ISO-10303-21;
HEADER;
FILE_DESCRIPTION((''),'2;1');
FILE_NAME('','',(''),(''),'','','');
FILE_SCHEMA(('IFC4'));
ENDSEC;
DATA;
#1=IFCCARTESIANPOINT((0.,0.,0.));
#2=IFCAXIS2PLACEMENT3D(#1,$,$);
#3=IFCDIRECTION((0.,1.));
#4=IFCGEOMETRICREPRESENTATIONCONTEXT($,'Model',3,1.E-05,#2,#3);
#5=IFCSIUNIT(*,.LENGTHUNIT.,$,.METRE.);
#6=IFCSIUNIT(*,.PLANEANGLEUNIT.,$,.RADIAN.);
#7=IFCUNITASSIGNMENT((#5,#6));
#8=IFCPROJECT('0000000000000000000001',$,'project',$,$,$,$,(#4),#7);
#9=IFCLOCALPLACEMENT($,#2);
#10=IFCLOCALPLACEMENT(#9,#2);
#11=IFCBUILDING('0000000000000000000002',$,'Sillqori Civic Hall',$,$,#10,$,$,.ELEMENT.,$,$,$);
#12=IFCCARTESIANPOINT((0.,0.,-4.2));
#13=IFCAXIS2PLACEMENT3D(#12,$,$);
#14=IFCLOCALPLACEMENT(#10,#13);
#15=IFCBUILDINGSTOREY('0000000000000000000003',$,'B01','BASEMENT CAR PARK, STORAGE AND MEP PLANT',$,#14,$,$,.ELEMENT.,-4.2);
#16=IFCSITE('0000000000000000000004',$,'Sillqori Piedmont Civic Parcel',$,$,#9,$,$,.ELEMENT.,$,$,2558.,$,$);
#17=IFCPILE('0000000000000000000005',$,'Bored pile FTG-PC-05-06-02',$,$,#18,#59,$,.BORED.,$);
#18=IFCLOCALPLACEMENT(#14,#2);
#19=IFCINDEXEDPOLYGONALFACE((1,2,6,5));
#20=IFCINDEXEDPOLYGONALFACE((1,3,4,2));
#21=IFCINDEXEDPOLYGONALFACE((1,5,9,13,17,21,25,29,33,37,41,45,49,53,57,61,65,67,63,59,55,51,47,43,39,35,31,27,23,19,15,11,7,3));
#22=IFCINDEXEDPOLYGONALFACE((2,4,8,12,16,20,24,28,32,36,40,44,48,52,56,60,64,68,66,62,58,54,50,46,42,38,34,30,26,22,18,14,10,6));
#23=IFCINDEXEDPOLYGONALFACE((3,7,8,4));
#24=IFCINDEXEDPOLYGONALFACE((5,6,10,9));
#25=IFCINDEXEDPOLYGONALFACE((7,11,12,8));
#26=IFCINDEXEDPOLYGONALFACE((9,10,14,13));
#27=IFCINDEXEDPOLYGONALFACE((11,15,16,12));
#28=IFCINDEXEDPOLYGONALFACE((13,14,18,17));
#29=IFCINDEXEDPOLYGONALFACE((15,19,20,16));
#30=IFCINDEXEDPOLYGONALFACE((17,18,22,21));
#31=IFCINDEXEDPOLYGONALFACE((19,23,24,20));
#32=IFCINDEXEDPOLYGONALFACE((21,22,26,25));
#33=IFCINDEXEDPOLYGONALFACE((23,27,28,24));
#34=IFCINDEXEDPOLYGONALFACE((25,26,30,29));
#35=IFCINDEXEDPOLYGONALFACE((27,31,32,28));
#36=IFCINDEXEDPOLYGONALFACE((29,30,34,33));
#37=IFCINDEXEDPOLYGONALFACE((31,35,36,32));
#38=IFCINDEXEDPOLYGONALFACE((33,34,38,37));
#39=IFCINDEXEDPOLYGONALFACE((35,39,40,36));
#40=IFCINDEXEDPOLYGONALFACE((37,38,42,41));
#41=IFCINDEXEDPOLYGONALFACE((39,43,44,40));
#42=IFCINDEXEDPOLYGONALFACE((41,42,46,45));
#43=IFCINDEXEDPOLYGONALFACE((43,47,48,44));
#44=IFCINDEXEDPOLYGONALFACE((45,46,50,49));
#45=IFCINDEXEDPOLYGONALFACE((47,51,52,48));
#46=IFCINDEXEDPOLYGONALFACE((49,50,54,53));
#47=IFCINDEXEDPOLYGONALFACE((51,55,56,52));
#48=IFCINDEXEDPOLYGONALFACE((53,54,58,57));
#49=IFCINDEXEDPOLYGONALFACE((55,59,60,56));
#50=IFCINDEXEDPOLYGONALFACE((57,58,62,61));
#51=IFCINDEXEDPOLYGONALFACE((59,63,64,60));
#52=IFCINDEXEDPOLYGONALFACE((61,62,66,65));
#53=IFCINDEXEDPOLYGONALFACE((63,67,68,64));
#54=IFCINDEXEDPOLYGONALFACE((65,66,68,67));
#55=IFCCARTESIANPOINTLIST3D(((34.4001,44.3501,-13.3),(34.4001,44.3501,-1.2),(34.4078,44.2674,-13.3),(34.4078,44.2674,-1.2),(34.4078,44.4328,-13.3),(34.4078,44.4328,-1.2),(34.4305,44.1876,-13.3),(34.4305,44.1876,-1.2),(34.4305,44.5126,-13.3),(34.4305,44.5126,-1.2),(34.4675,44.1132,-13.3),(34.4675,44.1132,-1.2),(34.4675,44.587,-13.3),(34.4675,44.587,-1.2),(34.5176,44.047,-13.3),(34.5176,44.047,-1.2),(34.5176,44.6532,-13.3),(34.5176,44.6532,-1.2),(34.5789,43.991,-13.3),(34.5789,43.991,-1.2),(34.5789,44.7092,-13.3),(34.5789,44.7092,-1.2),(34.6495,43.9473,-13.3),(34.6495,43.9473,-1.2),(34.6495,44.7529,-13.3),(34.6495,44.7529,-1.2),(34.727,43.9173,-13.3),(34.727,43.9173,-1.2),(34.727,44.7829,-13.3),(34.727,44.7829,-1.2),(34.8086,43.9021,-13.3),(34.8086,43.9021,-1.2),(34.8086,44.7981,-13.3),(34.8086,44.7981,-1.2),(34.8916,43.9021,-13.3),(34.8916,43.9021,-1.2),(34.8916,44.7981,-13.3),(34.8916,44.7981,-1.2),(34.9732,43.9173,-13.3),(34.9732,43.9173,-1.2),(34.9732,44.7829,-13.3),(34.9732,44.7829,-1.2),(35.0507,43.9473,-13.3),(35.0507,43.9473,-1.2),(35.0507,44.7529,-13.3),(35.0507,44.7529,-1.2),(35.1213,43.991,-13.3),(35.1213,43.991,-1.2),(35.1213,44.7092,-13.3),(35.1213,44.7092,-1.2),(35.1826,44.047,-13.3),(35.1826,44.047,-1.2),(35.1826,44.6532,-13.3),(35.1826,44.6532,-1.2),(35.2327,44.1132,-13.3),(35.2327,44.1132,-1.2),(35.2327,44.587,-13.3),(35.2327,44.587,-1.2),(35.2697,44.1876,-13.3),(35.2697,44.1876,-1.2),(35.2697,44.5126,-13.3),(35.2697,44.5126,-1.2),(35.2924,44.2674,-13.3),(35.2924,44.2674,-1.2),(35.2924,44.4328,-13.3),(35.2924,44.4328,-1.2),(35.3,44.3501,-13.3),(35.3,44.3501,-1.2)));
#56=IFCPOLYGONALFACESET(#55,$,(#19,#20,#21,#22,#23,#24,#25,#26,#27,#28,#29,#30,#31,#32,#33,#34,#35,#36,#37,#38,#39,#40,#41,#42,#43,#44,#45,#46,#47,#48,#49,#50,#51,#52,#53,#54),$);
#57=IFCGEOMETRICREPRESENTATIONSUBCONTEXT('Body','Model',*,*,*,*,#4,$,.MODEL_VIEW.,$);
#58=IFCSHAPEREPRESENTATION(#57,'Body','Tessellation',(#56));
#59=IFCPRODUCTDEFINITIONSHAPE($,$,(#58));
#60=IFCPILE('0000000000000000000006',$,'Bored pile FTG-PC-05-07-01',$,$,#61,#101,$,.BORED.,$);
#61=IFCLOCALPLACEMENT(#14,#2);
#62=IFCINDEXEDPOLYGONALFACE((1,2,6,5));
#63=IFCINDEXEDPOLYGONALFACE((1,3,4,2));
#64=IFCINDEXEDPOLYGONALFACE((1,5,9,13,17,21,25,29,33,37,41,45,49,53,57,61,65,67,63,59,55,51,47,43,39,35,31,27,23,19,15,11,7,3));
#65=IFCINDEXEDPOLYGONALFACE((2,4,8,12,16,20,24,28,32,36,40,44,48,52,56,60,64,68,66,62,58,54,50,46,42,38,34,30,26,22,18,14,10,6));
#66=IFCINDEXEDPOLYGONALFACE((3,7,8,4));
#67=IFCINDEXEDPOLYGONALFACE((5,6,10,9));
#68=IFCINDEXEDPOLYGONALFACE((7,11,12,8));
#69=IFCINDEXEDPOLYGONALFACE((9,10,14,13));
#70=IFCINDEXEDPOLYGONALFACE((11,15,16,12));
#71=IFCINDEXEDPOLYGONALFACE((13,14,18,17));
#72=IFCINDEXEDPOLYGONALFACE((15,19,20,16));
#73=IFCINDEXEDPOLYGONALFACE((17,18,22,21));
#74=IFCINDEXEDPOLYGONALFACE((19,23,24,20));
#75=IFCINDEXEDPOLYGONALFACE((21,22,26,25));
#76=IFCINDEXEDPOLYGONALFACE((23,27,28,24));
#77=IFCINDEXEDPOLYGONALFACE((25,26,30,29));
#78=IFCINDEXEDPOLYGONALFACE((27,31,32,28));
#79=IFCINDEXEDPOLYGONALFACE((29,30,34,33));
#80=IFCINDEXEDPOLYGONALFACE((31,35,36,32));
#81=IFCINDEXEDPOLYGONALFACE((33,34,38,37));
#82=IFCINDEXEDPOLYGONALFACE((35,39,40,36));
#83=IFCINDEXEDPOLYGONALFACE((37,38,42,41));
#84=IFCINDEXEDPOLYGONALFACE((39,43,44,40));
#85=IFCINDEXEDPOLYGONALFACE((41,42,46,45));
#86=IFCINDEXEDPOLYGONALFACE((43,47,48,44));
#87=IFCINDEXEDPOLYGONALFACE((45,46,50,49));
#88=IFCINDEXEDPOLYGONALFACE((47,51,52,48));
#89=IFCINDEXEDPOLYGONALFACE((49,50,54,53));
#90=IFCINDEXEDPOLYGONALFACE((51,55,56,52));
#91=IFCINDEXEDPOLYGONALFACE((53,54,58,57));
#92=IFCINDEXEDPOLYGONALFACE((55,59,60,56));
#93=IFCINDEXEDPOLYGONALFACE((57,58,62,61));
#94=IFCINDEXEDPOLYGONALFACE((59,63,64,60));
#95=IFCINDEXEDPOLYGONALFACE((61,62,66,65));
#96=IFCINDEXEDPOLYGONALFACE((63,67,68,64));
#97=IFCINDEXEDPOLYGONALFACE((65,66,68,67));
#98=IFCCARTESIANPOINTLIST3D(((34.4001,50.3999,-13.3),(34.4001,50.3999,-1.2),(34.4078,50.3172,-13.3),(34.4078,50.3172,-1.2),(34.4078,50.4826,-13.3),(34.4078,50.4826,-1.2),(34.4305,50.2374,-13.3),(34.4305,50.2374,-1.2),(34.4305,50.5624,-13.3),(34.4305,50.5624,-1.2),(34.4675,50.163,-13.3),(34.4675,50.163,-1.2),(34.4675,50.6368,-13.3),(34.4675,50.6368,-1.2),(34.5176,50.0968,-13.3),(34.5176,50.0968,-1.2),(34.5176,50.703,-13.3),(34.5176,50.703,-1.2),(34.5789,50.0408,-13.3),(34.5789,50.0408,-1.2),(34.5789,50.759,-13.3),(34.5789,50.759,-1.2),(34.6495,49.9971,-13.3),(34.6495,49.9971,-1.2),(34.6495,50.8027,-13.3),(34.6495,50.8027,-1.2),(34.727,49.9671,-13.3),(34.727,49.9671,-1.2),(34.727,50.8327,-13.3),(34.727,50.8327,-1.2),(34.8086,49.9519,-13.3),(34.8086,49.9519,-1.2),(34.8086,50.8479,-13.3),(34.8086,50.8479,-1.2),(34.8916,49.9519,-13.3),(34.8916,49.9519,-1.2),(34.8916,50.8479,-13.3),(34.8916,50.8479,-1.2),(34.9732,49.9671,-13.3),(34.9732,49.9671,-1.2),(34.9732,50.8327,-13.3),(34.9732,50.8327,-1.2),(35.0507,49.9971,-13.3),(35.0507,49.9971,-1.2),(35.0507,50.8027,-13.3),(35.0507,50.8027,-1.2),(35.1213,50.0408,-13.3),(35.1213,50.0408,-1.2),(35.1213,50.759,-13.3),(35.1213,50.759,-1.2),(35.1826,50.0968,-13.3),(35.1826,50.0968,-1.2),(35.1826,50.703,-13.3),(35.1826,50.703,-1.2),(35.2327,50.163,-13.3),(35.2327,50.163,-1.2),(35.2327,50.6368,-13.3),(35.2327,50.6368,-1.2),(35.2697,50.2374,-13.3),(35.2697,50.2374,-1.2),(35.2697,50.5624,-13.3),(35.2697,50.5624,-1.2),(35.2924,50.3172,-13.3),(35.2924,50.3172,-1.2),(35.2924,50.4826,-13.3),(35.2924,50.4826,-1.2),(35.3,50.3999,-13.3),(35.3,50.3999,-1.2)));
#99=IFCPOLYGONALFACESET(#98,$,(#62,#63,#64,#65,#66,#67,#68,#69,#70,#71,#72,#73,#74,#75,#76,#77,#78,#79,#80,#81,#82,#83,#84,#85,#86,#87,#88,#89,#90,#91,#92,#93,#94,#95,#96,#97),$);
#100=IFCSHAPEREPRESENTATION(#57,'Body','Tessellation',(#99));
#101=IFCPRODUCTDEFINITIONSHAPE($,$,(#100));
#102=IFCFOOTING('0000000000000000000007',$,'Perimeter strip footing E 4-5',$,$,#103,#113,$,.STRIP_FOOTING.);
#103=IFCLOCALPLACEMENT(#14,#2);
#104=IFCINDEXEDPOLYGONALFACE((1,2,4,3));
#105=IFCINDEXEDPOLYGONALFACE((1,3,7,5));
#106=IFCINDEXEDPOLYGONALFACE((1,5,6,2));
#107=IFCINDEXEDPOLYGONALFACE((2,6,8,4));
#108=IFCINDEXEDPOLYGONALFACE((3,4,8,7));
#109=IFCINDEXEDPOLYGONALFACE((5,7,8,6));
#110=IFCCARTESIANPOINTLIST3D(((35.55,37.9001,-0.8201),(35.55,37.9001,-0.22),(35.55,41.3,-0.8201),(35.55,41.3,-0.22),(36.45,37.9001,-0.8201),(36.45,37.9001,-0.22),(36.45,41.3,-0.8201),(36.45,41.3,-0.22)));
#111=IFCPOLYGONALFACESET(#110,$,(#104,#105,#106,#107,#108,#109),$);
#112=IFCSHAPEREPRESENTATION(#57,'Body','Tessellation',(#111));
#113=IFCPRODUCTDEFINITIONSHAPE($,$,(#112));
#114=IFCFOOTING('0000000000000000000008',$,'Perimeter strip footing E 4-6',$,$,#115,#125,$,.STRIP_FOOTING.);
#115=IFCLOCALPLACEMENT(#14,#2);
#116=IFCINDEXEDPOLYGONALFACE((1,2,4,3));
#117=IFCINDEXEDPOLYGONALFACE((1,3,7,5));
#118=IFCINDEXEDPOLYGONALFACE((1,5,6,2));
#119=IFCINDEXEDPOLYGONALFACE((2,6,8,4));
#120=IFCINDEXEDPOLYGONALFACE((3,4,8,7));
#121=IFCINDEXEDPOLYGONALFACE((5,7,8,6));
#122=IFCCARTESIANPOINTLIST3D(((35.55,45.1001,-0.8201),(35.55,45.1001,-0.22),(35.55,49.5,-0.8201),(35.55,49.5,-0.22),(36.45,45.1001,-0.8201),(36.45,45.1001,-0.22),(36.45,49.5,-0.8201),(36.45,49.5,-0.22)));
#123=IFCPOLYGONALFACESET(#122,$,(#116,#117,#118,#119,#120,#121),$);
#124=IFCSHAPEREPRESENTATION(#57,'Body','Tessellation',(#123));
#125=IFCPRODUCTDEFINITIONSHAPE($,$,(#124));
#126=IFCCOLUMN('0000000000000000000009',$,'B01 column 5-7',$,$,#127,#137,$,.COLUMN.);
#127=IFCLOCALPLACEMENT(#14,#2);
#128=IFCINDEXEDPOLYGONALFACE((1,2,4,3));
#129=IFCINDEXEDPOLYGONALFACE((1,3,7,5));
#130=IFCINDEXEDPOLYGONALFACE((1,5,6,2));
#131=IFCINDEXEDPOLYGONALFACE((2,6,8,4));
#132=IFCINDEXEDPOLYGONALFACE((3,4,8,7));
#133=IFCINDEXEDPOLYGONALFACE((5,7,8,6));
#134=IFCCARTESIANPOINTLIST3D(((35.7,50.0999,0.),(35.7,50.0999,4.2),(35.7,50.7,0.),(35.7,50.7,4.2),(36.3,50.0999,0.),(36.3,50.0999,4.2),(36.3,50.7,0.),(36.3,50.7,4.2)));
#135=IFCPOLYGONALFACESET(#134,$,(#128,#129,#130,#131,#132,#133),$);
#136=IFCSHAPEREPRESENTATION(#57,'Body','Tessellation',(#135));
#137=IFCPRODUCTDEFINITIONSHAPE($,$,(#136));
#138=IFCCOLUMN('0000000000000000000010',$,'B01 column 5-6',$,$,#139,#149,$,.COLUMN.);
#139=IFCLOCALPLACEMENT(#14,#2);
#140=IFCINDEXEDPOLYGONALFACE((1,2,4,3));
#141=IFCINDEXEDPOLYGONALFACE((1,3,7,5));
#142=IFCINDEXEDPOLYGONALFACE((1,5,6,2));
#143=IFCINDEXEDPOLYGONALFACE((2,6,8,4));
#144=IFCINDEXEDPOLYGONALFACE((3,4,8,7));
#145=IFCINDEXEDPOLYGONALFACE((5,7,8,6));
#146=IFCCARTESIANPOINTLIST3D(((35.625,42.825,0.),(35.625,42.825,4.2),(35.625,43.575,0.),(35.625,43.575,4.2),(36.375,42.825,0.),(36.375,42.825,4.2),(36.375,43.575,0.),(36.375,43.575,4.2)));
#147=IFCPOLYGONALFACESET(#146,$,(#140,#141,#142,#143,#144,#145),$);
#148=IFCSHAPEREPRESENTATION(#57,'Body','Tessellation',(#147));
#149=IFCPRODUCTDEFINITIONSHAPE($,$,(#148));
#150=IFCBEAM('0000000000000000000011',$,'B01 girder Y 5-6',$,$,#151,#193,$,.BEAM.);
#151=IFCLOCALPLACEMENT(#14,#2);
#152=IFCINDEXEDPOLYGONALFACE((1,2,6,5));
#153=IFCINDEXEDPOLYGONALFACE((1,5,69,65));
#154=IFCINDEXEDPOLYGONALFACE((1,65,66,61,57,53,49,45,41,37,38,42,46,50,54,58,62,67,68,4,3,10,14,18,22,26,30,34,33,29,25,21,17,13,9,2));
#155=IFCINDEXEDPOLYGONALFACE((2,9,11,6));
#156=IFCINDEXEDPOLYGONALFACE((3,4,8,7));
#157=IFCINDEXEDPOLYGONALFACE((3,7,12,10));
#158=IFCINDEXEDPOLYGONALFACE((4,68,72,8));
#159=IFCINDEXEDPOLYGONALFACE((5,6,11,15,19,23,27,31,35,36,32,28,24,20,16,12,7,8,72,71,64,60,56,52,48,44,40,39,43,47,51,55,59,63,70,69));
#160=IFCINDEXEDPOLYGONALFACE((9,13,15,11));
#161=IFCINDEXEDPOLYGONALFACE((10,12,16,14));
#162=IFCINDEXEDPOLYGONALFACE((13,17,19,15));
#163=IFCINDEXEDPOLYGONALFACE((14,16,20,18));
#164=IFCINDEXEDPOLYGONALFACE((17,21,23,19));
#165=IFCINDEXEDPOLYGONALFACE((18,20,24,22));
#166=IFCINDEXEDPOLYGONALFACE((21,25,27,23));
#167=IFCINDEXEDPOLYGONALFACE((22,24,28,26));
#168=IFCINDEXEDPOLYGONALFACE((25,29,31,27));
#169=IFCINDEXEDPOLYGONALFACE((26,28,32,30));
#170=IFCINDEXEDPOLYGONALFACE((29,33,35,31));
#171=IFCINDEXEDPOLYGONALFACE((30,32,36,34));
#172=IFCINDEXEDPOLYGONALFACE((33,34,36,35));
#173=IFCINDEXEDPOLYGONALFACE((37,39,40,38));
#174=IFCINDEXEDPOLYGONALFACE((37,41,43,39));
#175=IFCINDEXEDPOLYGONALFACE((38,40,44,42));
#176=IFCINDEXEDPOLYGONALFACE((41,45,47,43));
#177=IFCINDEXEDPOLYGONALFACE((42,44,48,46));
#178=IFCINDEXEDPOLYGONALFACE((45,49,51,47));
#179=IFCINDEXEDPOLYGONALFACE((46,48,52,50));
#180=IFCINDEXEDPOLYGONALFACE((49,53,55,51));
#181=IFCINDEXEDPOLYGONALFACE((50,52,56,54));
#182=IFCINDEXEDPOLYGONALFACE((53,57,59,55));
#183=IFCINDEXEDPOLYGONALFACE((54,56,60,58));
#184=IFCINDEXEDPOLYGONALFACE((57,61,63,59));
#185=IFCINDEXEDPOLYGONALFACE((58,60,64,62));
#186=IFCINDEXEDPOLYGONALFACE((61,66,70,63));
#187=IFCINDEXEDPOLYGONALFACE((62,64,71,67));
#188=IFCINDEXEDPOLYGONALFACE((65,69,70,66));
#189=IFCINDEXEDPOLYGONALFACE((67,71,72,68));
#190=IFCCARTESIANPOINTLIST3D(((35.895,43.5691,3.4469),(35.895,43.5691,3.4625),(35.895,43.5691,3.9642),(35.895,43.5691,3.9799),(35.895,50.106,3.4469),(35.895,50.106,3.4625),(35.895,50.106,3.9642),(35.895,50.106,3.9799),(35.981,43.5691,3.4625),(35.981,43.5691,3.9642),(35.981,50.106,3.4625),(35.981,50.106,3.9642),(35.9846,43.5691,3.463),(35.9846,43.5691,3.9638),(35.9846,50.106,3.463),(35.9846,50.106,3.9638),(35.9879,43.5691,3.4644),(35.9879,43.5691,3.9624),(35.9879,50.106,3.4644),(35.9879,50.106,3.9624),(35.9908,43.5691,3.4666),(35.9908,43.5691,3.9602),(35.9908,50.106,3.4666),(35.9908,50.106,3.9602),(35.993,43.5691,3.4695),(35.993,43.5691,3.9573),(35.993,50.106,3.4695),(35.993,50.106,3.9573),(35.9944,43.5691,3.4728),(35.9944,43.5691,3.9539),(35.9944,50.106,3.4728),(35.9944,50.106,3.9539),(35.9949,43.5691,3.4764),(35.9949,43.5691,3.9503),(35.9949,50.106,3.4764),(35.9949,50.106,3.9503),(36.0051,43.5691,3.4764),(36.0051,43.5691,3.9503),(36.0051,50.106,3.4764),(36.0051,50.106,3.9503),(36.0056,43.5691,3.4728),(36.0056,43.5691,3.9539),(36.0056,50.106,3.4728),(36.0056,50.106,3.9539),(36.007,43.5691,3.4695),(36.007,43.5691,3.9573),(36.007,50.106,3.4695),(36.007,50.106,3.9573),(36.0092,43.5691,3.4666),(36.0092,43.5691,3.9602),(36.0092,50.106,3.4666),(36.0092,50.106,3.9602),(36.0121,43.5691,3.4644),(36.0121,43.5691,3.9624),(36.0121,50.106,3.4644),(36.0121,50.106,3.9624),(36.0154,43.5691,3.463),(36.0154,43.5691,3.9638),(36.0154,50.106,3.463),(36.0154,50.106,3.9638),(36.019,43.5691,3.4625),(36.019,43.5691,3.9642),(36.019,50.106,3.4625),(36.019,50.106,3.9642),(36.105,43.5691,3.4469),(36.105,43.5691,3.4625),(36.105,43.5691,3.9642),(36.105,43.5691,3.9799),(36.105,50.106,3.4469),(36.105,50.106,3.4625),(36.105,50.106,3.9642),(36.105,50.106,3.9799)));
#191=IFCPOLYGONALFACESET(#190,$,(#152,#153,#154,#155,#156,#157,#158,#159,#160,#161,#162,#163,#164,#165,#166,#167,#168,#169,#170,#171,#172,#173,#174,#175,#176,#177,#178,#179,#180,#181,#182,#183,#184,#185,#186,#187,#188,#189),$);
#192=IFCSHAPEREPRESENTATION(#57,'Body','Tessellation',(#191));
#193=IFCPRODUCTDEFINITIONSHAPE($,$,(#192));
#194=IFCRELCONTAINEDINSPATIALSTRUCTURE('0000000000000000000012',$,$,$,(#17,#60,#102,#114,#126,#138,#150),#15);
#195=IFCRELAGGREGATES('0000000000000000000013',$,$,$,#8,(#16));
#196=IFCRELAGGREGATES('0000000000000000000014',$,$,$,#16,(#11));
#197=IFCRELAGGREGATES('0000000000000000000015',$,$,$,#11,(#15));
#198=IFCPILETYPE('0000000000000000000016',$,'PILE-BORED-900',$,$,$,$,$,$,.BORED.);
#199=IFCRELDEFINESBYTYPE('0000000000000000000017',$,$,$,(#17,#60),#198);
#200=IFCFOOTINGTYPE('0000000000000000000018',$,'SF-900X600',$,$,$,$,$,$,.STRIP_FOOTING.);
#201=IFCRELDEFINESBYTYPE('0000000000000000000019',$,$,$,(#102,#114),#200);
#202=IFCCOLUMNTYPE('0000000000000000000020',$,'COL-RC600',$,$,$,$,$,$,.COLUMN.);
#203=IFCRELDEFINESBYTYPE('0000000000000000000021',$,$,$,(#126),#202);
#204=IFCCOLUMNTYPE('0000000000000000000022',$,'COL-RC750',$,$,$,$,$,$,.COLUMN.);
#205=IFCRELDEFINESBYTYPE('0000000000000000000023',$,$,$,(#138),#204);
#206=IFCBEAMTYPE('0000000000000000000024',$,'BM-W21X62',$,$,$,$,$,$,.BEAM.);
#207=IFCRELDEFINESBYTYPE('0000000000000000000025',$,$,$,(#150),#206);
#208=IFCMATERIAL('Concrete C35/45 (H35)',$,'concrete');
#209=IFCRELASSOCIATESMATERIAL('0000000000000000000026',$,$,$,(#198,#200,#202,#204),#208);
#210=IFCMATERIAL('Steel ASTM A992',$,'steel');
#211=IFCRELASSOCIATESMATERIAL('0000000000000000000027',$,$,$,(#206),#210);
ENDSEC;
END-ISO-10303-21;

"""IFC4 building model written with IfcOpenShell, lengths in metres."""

from ifc_helpers import new_model, si_unit, direction, frame, origin, origin_2d, place, context, subcontext, project, spatial, rectangle, circle, i_section, extrude, material, material_profile, profile_set, type_object, element, save


model = new_model("IFC4")

# Units and contexts
model_context = context("Model", 3, precision=1e-05, world=origin(), true_north=direction((0.0, 1.0)))
body_context = subcontext(model_context, "Body", "Model", "MODEL_VIEW")
ifc_project = project(units=[si_unit("LENGTHUNIT", "METRE"), si_unit("PLANEANGLEUNIT", "RADIAN")], contexts=[model_context])

# Site, building, storey
site_placement = place(None, origin())
site = spatial("IfcSite", under=ifc_project, at=site_placement, Name="Sillqori Piedmont Civic Parcel", CompositionType="ELEMENT", RefElevation=2558.0)
building_placement = place(site_placement, origin())
building = spatial("IfcBuilding", under=site, at=building_placement, Name="Sillqori Civic Hall", CompositionType="ELEMENT")
storey_placement = place(building_placement, frame((0.0, 0.0, -4.2)))
storey = spatial("IfcBuildingStorey", under=building, at=storey_placement, Name="B01", Description="BASEMENT CAR PARK, STORAGE AND MEP PLANT", CompositionType="ELEMENT", Elevation=-4.2)

# Shared definitions
ifc_material_1 = material(Name="Concrete C35/45 (H35)", Category="concrete")

# Piles
ifc_material_profile_1 = material_profile(ifc_material_1, circle(Radius=0.45, at=origin_2d()), Name="BORED PILE 900")
ifc_profile_set_1 = profile_set([ifc_material_profile_1], Name="Concrete C35/45 (H35)")
pile_type = type_object("IfcPileType", Name="PILE-BORED-900", PredefinedType="BORED", material=ifc_profile_set_1)
for number, where, z_axis, x_axis, name in (
    (1, (34.8501, 44.3501, -1.2), (0.0, 0.0, -1.0), (1.0, 0.0, 0.0), "Bored pile FTG-PC-05-06-02"),
    (2, (34.8501, 50.3999, -1.2), (0.0, 0.0, -1.0), (1.0, 0.0, 0.0), "Bored pile FTG-PC-05-07-01"),
):
    element("IfcPile", number, at=place(storey_placement, frame(where, z_axis=z_axis, x_axis=x_axis)), inside=storey, type_object=pile_type, Name=name, PredefinedType="BORED", context=body_context, shape_type="SweptSolid", body=[
        extrude(circle(Radius=0.45, at=origin_2d()), origin(), (0.0, 0.0, 1.0), 12.1001),
    ])

# Footings
footing_type_1 = type_object("IfcFootingType", Name="SF-900X600", PredefinedType="STRIP_FOOTING", material=ifc_material_1)
footing_1_placement = place(storey_placement, frame((36.0, 39.6001, -0.8201), z_axis=(0.0, 0.0, 1.0), x_axis=(1.0, 0.0, 0.0)))
element("IfcFooting", 3, at=footing_1_placement, inside=storey, type_object=footing_type_1, Name="Perimeter strip footing E 4-5", PredefinedType="STRIP_FOOTING", context=body_context, shape_type="SweptSolid", body=[
    extrude(rectangle(XDim=0.8999, YDim=3.3999, at=origin_2d()), origin(), (0.0, 0.0, 1.0), 0.6001),
])
footing_2_placement = place(storey_placement, frame((36.0, 47.3, -0.8201), z_axis=(0.0, 0.0, 1.0), x_axis=(1.0, 0.0, 0.0)))
element("IfcFooting", 4, at=footing_2_placement, inside=storey, type_object=footing_type_1, Name="Perimeter strip footing E 4-6", PredefinedType="STRIP_FOOTING", context=body_context, shape_type="SweptSolid", body=[
    extrude(rectangle(XDim=0.8999, YDim=4.3999, at=origin_2d()), origin(), (0.0, 0.0, 1.0), 0.6001),
])

# Columns
ifc_material_profile_2 = material_profile(ifc_material_1, rectangle(XDim=0.6001, YDim=0.6001, at=origin_2d()), Name="RC 600x600")
ifc_profile_set_2 = profile_set([ifc_material_profile_2], Name="Concrete C35/45 (H35)")
column_type_1 = type_object("IfcColumnType", Name="COL-RC600", PredefinedType="COLUMN", material=ifc_profile_set_2)
column_1_placement = place(storey_placement, frame((36.0, 50.3999, 0.0), z_axis=(0.0, 0.0, 1.0), x_axis=(1.0, 0.0, 0.0)))
element("IfcColumn", 5, at=column_1_placement, inside=storey, type_object=column_type_1, Name="B01 column 5-7", PredefinedType="COLUMN", context=body_context, shape_type="SweptSolid", body=[
    extrude(rectangle(XDim=0.6001, YDim=0.6001, at=origin_2d()), origin(), (0.0, 0.0, 1.0), 4.2),
])
ifc_material_profile_3 = material_profile(ifc_material_1, rectangle(XDim=0.75, YDim=0.75, at=origin_2d()), Name="RC 750x750")
ifc_profile_set_3 = profile_set([ifc_material_profile_3], Name="Concrete C35/45 (H35)")
column_type_2 = type_object("IfcColumnType", Name="COL-RC750", PredefinedType="COLUMN", material=ifc_profile_set_3)
column_2_placement = place(storey_placement, frame((36.0, 43.2, 0.0), z_axis=(0.0, 0.0, 1.0), x_axis=(1.0, 0.0, 0.0)))
element("IfcColumn", 6, at=column_2_placement, inside=storey, type_object=column_type_2, Name="B01 column 5-6", PredefinedType="COLUMN", context=body_context, shape_type="SweptSolid", body=[
    extrude(rectangle(XDim=0.75, YDim=0.75, at=origin_2d()), origin(), (0.0, 0.0, 1.0), 4.2),
])

# Beam
ifc_material_2 = material(Name="Steel ASTM A992", Category="steel")
ifc_material_profile_4 = material_profile(ifc_material_2, i_section(OverallWidth=0.21, OverallDepth=0.533, WebThickness=0.0103, FlangeThickness=0.0156, FilletRadius=0.0139, at=origin_2d()), Name="W21X62")
ifc_profile_set_4 = profile_set([ifc_material_profile_4], Name="Steel ASTM A992")
beam_type_1 = type_object("IfcBeamType", Name="BM-W21X62", PredefinedType="BEAM", material=ifc_profile_set_4)
beam_placement = place(storey_placement, frame((36.0, 43.5691, 3.7134), z_axis=(0.0, 1.0, 0.0), x_axis=(-1.0, 0.0, 0.0)))
element("IfcBeam", 7, at=beam_placement, inside=storey, type_object=beam_type_1, Name="B01 girder Y 5-6", PredefinedType="BEAM", context=body_context, shape_type="SweptSolid", body=[
    extrude(i_section(OverallWidth=0.21, OverallDepth=0.533, WebThickness=0.0103, FlangeThickness=0.0156, FilletRadius=0.0139, at=origin_2d()), origin(), (0.0, 0.0, 1.0), 6.5369),
])

save(model, "model.ifc")
